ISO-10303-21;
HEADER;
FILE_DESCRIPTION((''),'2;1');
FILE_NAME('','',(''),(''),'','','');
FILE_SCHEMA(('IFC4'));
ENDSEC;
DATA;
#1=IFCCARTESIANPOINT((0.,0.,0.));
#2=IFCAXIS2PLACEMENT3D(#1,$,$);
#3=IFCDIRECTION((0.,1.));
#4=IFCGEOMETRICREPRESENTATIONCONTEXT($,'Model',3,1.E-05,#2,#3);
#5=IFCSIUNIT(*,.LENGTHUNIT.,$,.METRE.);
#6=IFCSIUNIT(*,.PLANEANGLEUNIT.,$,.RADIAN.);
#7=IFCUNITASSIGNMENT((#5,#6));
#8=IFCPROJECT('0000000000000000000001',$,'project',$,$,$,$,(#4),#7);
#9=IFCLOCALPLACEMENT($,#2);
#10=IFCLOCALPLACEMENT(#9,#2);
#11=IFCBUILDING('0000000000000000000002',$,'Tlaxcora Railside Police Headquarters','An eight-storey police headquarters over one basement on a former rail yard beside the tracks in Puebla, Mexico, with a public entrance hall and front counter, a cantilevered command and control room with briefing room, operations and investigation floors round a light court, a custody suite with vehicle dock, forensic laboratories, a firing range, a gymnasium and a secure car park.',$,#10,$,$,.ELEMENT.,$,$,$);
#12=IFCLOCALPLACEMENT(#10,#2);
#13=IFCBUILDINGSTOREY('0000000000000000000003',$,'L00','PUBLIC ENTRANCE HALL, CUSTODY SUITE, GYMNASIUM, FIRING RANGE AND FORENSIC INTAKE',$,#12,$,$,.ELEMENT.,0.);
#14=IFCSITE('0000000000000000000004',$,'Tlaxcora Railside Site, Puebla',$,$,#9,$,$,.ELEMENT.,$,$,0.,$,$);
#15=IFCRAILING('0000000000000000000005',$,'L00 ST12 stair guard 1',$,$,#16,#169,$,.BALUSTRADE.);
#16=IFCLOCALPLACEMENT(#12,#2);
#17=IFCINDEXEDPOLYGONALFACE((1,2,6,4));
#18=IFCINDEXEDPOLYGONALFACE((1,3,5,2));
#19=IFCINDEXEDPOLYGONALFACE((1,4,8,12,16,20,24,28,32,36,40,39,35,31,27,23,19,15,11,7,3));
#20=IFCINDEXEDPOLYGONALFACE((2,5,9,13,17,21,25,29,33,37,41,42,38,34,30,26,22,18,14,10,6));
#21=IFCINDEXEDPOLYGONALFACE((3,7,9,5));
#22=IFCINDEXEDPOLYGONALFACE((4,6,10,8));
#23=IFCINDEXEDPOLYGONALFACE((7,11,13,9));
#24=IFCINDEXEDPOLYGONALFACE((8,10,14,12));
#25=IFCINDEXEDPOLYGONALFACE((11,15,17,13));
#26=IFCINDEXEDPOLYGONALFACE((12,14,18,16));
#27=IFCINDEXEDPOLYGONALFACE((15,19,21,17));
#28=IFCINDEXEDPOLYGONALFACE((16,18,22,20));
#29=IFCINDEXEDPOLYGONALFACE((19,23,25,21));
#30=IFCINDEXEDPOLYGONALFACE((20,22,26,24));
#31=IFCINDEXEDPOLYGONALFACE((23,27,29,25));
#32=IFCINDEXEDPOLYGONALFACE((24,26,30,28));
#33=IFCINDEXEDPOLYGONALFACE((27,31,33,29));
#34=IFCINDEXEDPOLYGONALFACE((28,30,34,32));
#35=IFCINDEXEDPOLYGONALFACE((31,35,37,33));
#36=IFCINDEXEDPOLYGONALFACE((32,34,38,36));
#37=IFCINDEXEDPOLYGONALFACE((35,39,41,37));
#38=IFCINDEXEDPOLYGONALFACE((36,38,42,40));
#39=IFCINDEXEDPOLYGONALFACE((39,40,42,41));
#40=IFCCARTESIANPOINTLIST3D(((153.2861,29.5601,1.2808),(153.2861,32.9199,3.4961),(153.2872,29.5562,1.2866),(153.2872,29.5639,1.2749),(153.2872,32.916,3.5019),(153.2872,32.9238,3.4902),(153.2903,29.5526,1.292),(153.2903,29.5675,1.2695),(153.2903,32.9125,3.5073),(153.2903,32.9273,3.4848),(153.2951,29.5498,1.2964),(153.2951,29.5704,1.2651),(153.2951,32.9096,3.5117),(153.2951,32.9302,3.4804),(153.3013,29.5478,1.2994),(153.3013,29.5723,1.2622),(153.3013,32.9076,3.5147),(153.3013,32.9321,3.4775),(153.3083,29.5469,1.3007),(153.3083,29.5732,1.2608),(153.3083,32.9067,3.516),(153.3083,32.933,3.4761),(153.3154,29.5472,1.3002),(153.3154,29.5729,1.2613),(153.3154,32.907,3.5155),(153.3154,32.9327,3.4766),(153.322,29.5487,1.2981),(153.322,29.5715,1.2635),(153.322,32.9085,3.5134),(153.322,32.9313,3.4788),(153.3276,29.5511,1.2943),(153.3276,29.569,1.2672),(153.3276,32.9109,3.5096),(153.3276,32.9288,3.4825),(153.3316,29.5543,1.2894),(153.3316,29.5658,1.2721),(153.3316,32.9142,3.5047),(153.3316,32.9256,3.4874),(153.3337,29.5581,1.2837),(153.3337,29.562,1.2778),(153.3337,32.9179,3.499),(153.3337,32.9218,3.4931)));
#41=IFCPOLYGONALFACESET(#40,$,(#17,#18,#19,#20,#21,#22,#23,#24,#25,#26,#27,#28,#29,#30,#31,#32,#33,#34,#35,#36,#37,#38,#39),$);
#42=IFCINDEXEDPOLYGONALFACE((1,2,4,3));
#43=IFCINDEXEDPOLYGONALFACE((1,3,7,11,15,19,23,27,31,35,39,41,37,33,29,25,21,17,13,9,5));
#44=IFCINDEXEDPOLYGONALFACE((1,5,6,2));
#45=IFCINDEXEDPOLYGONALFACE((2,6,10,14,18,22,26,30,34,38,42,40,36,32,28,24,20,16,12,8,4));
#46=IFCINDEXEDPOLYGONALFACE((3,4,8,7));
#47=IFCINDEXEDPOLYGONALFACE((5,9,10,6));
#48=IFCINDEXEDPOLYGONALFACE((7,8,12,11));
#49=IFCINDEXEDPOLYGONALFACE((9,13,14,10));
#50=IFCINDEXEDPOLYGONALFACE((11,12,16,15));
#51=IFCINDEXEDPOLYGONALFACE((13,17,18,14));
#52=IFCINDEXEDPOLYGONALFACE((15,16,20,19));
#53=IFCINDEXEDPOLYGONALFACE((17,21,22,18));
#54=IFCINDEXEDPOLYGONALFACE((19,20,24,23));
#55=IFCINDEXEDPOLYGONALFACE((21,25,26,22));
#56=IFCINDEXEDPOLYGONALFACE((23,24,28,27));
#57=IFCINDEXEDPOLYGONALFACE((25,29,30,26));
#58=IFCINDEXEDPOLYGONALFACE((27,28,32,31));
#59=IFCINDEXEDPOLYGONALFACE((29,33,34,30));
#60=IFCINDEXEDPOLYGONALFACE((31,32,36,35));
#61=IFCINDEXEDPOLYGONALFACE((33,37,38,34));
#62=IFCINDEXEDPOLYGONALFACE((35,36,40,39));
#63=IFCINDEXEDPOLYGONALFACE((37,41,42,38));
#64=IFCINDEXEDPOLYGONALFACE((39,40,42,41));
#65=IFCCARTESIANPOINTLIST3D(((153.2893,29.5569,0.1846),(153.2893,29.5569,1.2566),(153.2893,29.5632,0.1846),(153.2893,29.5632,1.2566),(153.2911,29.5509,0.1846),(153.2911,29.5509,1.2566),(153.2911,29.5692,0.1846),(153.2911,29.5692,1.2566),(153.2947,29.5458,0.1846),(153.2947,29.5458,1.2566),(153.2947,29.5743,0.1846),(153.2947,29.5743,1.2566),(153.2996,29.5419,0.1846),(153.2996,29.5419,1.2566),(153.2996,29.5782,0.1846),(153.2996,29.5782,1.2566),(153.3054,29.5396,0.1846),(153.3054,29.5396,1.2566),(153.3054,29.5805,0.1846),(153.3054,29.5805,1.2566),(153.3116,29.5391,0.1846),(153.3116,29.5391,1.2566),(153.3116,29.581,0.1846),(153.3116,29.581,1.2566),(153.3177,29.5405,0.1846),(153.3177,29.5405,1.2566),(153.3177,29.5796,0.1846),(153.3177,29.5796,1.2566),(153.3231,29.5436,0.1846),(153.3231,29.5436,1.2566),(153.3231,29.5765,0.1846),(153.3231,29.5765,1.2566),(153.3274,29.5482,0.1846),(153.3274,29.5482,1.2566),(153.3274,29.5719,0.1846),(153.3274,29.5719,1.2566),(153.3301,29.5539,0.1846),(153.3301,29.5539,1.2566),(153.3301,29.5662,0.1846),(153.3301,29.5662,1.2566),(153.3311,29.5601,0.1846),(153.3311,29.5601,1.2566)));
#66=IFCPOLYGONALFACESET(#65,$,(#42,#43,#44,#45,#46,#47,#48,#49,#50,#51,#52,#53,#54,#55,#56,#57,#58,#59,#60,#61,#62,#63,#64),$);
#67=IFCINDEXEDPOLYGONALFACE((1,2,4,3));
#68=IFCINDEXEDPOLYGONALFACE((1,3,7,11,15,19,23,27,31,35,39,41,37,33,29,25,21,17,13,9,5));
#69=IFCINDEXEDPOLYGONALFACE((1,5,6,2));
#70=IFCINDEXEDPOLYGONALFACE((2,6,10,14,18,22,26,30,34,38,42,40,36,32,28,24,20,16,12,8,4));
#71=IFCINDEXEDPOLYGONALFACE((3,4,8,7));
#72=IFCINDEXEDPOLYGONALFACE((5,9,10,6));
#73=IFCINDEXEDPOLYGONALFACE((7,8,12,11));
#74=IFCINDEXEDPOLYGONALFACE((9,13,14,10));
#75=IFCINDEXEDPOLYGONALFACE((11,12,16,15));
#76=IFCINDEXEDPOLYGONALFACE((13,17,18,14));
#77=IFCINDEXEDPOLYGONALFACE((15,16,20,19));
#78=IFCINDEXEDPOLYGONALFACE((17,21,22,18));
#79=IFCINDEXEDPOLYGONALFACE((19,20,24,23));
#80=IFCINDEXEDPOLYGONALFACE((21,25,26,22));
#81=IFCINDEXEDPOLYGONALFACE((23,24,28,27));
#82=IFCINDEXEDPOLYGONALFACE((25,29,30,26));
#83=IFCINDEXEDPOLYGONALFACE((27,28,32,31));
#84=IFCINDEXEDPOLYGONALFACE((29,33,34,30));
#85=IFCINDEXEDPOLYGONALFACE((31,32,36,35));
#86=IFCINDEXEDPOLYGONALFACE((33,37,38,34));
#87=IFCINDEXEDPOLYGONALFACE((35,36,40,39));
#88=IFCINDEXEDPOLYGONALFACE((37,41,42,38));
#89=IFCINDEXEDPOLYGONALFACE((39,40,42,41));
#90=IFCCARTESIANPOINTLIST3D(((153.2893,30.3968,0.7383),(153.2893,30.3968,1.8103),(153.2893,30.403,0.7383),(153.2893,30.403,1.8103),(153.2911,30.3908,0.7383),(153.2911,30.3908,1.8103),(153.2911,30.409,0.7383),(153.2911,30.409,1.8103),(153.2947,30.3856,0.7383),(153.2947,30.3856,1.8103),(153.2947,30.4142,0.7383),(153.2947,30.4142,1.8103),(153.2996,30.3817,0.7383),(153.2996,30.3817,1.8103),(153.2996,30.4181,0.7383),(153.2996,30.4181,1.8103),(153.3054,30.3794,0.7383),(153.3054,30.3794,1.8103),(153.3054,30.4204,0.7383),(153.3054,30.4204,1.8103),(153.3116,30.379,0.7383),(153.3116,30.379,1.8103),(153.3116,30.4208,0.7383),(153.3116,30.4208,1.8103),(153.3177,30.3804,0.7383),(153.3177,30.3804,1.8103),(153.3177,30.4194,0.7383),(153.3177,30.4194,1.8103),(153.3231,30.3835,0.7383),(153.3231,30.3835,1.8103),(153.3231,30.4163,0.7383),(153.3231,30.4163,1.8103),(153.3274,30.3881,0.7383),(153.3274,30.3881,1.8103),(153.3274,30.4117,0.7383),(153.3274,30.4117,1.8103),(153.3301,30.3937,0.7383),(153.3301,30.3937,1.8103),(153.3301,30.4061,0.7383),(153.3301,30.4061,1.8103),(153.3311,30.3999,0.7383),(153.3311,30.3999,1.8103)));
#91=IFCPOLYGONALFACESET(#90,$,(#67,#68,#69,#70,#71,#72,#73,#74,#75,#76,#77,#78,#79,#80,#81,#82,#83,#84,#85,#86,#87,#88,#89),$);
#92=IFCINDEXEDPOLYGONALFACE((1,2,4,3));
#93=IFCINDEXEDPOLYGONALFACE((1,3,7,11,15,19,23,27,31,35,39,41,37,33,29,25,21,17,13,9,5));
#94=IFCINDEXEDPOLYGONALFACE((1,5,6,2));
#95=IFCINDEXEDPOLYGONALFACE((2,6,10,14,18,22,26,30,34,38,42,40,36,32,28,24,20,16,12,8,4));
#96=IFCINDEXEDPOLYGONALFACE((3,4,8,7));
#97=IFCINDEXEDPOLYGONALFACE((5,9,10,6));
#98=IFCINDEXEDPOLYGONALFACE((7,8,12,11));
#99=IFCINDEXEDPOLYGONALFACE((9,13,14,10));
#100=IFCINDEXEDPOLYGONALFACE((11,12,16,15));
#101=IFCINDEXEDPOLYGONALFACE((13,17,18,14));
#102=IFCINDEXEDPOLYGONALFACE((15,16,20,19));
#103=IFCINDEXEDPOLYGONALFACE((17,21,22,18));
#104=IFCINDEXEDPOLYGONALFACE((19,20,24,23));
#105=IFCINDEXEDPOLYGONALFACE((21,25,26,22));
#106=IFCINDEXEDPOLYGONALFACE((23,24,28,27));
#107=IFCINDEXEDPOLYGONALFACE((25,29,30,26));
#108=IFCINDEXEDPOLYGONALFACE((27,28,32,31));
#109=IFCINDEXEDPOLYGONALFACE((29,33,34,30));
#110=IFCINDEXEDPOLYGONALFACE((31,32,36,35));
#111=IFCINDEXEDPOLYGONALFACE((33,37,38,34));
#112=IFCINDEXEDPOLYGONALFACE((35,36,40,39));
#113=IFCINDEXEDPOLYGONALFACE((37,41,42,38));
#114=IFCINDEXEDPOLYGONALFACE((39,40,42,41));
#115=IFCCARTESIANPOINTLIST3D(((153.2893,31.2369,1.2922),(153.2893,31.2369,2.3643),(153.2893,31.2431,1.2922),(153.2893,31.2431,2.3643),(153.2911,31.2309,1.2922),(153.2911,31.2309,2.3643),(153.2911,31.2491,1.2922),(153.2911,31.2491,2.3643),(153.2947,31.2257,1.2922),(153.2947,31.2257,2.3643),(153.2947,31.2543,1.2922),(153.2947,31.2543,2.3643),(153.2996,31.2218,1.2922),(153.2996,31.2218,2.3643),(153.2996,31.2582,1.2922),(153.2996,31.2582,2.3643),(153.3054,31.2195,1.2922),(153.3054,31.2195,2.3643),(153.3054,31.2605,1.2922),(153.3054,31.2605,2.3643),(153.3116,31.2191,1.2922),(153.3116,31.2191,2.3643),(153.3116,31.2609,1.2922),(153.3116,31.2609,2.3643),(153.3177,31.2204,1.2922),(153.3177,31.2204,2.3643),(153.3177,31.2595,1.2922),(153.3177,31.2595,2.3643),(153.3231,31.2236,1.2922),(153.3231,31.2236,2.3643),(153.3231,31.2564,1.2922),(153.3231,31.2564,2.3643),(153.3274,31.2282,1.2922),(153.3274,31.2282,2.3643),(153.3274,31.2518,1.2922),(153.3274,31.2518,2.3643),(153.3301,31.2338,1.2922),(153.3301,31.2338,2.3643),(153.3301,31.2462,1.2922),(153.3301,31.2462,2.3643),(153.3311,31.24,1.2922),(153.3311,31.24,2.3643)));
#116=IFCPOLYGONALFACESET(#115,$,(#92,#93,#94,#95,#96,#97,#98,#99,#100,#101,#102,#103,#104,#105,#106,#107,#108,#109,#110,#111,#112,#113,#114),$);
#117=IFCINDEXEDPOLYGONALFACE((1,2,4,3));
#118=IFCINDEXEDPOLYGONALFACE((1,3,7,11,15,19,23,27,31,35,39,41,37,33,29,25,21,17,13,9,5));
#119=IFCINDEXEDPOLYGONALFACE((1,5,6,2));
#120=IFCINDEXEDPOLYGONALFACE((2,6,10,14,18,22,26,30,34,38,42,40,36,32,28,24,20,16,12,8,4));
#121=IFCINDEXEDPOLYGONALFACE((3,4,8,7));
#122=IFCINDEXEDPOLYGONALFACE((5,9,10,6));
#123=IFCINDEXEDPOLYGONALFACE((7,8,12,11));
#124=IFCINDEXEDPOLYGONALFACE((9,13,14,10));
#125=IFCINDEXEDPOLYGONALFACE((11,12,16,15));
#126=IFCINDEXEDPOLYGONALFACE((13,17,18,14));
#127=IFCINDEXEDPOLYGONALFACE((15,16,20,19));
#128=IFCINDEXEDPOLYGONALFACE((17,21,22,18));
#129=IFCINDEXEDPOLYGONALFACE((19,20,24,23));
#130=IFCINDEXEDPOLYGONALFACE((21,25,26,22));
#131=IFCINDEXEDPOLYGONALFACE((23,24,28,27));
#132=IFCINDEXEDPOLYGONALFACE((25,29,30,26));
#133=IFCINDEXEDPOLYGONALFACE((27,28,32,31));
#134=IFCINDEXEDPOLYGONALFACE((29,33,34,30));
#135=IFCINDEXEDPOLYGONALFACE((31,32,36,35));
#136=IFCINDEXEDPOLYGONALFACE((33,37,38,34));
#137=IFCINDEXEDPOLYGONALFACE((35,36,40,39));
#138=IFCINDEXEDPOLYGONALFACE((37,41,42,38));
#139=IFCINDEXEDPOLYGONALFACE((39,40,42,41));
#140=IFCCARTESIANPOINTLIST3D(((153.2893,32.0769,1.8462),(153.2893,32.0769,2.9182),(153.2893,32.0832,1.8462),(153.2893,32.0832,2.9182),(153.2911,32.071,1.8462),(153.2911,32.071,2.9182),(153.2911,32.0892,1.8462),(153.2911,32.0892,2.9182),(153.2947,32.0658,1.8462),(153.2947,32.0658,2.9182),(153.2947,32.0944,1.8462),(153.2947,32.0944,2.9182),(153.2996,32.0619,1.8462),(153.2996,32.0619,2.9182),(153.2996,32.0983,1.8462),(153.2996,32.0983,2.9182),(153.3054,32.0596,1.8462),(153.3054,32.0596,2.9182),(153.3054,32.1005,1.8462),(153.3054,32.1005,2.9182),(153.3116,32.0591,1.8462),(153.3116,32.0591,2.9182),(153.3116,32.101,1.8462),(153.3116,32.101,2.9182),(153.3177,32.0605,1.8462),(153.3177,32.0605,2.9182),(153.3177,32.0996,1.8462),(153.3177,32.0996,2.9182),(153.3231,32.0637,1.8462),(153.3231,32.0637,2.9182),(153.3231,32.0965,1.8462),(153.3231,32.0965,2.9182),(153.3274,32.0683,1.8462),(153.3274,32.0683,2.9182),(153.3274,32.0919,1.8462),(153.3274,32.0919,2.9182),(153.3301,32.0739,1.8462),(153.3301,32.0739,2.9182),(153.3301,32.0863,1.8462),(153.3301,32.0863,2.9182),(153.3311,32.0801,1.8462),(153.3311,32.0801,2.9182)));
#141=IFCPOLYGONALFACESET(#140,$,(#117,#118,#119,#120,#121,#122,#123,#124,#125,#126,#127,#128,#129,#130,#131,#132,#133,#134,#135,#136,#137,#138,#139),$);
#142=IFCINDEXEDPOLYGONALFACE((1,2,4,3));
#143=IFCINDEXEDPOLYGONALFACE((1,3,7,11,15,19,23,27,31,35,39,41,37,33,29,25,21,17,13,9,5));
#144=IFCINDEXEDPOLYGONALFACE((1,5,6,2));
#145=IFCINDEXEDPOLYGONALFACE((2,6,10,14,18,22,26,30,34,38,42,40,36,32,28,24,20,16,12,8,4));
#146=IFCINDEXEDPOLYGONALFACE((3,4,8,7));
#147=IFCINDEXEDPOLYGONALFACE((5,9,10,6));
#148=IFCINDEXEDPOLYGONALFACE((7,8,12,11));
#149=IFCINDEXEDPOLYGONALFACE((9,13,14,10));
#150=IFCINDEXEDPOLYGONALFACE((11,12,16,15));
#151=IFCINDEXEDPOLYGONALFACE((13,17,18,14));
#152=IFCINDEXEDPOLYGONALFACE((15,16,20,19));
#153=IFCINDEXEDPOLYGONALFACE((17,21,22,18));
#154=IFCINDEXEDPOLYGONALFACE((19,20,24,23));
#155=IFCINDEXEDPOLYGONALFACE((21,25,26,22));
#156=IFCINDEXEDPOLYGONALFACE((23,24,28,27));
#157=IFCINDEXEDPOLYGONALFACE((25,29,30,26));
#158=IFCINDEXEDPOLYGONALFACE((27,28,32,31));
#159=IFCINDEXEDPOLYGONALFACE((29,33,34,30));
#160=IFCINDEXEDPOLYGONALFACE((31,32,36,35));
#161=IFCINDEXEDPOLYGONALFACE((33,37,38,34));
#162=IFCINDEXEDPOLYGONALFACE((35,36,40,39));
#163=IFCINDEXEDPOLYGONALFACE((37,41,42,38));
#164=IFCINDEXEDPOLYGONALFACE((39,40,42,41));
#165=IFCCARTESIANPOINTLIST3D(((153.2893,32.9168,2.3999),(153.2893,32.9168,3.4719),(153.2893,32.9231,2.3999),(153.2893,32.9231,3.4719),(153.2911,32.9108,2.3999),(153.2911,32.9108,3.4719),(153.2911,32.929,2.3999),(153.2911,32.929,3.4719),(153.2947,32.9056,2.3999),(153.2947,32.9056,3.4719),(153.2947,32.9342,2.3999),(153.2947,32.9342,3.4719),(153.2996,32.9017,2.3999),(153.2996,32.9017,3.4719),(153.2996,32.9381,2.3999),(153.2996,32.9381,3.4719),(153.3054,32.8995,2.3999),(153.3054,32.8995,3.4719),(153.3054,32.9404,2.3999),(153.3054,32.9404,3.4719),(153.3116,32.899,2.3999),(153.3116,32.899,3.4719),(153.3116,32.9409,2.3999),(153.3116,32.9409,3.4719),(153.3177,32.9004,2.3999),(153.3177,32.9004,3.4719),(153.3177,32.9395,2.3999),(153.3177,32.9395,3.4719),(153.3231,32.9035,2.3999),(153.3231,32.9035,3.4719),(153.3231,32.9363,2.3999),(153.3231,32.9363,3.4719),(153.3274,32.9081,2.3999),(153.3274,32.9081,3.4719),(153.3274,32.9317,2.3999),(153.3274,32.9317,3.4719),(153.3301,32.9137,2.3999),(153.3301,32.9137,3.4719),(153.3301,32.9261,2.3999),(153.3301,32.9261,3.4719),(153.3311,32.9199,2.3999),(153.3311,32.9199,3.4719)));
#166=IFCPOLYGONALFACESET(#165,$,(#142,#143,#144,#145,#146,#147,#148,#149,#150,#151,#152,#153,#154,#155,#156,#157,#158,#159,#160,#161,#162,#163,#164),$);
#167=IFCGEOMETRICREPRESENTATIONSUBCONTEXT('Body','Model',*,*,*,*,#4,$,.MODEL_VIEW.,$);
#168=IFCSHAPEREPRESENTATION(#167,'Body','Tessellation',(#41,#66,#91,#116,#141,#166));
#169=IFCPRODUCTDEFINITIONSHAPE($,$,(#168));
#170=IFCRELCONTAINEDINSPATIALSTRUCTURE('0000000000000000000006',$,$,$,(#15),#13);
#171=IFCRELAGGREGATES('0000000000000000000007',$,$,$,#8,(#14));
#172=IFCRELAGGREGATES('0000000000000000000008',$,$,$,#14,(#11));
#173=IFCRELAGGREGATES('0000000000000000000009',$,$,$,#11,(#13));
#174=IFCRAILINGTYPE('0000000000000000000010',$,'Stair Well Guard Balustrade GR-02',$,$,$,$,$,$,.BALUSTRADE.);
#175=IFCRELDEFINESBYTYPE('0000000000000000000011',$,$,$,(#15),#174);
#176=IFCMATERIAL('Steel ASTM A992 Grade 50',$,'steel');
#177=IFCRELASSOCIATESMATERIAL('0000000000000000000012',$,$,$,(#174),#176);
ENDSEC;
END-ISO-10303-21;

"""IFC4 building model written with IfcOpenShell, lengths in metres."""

from ifc_helpers import new_model, si_unit, direction, frame, origin, origin_2d, place, context, subcontext, project, spatial, circle, extrude, material, type_object, element, save


model = new_model("IFC4")

# Units and contexts
model_context = context("Model", 3, precision=1e-05, world=origin(), true_north=direction((0.0, 1.0)))
body_context = subcontext(model_context, "Body", "Model", "MODEL_VIEW")
ifc_project = project(units=[si_unit("LENGTHUNIT", "METRE"), si_unit("PLANEANGLEUNIT", "RADIAN")], contexts=[model_context])

# Site, building, storey
site_placement = place(None, origin())
site = spatial("IfcSite", under=ifc_project, at=site_placement, Name="Tlaxcora Railside Site, Puebla", CompositionType="ELEMENT", RefElevation=0.0)
building_placement = place(site_placement, origin())
building = spatial("IfcBuilding", under=site, at=building_placement, Name="Tlaxcora Railside Police Headquarters", Description="An eight-storey police headquarters over one basement on a former rail yard beside the tracks in Puebla, Mexico, with a public entrance hall and front counter, a cantilevered command and control room with briefing room, operations and investigation floors round a light court, a custody suite with vehicle dock, forensic laboratories, a firing range, a gymnasium and a secure car park.", CompositionType="ELEMENT")
storey_placement = place(building_placement, origin())
storey = spatial("IfcBuildingStorey", under=building, at=storey_placement, Name="L00", Description="PUBLIC ENTRANCE HALL, CUSTODY SUITE, GYMNASIUM, FIRING RANGE AND FORENSIC INTAKE", CompositionType="ELEMENT", Elevation=0.0)

# Shared definitions
ifc_material_1 = material(Name="Steel ASTM A992 Grade 50", Category="steel")

# Railing
railing_type_1 = type_object("IfcRailingType", Name="Stair Well Guard Balustrade GR-02", PredefinedType="BALUSTRADE", material=ifc_material_1)
railing_1_placement = place(storey_placement, frame((153.3101, 29.5601, 0.1846)))
element("IfcRailing", 1, at=railing_1_placement, inside=storey, type_object=railing_type_1, Name="L00 ST12 stair guard 1", PredefinedType="BALUSTRADE", context=body_context, shape_type="SweptSolid", body=[
    extrude(circle(Radius=0.0239, at=origin_2d()), frame((0.0, 0.0, 1.0962), z_axis=(0.0, 0.834858, 0.550465), x_axis=(-1.0, 0.0, 0.0)), (0.0, 0.0, 1.0), 4.0244),
    extrude(circle(Radius=0.021, at=origin_2d()), origin(), (0.0, 0.0, 1.0), 1.072),
    extrude(circle(Radius=0.021, at=origin_2d()), frame((0.0, 0.8398, 0.5537)), (0.0, 0.0, 1.0), 1.072),
    extrude(circle(Radius=0.021, at=origin_2d()), frame((0.0, 1.6799, 1.1077)), (0.0, 0.0, 1.0), 1.072),
    extrude(circle(Radius=0.021, at=origin_2d()), frame((0.0, 2.52, 1.6616)), (0.0, 0.0, 1.0), 1.072),
    extrude(circle(Radius=0.021, at=origin_2d()), frame((0.0, 3.3599, 2.2153)), (0.0, 0.0, 1.0), 1.072),
])

save(model, "model.ifc")
